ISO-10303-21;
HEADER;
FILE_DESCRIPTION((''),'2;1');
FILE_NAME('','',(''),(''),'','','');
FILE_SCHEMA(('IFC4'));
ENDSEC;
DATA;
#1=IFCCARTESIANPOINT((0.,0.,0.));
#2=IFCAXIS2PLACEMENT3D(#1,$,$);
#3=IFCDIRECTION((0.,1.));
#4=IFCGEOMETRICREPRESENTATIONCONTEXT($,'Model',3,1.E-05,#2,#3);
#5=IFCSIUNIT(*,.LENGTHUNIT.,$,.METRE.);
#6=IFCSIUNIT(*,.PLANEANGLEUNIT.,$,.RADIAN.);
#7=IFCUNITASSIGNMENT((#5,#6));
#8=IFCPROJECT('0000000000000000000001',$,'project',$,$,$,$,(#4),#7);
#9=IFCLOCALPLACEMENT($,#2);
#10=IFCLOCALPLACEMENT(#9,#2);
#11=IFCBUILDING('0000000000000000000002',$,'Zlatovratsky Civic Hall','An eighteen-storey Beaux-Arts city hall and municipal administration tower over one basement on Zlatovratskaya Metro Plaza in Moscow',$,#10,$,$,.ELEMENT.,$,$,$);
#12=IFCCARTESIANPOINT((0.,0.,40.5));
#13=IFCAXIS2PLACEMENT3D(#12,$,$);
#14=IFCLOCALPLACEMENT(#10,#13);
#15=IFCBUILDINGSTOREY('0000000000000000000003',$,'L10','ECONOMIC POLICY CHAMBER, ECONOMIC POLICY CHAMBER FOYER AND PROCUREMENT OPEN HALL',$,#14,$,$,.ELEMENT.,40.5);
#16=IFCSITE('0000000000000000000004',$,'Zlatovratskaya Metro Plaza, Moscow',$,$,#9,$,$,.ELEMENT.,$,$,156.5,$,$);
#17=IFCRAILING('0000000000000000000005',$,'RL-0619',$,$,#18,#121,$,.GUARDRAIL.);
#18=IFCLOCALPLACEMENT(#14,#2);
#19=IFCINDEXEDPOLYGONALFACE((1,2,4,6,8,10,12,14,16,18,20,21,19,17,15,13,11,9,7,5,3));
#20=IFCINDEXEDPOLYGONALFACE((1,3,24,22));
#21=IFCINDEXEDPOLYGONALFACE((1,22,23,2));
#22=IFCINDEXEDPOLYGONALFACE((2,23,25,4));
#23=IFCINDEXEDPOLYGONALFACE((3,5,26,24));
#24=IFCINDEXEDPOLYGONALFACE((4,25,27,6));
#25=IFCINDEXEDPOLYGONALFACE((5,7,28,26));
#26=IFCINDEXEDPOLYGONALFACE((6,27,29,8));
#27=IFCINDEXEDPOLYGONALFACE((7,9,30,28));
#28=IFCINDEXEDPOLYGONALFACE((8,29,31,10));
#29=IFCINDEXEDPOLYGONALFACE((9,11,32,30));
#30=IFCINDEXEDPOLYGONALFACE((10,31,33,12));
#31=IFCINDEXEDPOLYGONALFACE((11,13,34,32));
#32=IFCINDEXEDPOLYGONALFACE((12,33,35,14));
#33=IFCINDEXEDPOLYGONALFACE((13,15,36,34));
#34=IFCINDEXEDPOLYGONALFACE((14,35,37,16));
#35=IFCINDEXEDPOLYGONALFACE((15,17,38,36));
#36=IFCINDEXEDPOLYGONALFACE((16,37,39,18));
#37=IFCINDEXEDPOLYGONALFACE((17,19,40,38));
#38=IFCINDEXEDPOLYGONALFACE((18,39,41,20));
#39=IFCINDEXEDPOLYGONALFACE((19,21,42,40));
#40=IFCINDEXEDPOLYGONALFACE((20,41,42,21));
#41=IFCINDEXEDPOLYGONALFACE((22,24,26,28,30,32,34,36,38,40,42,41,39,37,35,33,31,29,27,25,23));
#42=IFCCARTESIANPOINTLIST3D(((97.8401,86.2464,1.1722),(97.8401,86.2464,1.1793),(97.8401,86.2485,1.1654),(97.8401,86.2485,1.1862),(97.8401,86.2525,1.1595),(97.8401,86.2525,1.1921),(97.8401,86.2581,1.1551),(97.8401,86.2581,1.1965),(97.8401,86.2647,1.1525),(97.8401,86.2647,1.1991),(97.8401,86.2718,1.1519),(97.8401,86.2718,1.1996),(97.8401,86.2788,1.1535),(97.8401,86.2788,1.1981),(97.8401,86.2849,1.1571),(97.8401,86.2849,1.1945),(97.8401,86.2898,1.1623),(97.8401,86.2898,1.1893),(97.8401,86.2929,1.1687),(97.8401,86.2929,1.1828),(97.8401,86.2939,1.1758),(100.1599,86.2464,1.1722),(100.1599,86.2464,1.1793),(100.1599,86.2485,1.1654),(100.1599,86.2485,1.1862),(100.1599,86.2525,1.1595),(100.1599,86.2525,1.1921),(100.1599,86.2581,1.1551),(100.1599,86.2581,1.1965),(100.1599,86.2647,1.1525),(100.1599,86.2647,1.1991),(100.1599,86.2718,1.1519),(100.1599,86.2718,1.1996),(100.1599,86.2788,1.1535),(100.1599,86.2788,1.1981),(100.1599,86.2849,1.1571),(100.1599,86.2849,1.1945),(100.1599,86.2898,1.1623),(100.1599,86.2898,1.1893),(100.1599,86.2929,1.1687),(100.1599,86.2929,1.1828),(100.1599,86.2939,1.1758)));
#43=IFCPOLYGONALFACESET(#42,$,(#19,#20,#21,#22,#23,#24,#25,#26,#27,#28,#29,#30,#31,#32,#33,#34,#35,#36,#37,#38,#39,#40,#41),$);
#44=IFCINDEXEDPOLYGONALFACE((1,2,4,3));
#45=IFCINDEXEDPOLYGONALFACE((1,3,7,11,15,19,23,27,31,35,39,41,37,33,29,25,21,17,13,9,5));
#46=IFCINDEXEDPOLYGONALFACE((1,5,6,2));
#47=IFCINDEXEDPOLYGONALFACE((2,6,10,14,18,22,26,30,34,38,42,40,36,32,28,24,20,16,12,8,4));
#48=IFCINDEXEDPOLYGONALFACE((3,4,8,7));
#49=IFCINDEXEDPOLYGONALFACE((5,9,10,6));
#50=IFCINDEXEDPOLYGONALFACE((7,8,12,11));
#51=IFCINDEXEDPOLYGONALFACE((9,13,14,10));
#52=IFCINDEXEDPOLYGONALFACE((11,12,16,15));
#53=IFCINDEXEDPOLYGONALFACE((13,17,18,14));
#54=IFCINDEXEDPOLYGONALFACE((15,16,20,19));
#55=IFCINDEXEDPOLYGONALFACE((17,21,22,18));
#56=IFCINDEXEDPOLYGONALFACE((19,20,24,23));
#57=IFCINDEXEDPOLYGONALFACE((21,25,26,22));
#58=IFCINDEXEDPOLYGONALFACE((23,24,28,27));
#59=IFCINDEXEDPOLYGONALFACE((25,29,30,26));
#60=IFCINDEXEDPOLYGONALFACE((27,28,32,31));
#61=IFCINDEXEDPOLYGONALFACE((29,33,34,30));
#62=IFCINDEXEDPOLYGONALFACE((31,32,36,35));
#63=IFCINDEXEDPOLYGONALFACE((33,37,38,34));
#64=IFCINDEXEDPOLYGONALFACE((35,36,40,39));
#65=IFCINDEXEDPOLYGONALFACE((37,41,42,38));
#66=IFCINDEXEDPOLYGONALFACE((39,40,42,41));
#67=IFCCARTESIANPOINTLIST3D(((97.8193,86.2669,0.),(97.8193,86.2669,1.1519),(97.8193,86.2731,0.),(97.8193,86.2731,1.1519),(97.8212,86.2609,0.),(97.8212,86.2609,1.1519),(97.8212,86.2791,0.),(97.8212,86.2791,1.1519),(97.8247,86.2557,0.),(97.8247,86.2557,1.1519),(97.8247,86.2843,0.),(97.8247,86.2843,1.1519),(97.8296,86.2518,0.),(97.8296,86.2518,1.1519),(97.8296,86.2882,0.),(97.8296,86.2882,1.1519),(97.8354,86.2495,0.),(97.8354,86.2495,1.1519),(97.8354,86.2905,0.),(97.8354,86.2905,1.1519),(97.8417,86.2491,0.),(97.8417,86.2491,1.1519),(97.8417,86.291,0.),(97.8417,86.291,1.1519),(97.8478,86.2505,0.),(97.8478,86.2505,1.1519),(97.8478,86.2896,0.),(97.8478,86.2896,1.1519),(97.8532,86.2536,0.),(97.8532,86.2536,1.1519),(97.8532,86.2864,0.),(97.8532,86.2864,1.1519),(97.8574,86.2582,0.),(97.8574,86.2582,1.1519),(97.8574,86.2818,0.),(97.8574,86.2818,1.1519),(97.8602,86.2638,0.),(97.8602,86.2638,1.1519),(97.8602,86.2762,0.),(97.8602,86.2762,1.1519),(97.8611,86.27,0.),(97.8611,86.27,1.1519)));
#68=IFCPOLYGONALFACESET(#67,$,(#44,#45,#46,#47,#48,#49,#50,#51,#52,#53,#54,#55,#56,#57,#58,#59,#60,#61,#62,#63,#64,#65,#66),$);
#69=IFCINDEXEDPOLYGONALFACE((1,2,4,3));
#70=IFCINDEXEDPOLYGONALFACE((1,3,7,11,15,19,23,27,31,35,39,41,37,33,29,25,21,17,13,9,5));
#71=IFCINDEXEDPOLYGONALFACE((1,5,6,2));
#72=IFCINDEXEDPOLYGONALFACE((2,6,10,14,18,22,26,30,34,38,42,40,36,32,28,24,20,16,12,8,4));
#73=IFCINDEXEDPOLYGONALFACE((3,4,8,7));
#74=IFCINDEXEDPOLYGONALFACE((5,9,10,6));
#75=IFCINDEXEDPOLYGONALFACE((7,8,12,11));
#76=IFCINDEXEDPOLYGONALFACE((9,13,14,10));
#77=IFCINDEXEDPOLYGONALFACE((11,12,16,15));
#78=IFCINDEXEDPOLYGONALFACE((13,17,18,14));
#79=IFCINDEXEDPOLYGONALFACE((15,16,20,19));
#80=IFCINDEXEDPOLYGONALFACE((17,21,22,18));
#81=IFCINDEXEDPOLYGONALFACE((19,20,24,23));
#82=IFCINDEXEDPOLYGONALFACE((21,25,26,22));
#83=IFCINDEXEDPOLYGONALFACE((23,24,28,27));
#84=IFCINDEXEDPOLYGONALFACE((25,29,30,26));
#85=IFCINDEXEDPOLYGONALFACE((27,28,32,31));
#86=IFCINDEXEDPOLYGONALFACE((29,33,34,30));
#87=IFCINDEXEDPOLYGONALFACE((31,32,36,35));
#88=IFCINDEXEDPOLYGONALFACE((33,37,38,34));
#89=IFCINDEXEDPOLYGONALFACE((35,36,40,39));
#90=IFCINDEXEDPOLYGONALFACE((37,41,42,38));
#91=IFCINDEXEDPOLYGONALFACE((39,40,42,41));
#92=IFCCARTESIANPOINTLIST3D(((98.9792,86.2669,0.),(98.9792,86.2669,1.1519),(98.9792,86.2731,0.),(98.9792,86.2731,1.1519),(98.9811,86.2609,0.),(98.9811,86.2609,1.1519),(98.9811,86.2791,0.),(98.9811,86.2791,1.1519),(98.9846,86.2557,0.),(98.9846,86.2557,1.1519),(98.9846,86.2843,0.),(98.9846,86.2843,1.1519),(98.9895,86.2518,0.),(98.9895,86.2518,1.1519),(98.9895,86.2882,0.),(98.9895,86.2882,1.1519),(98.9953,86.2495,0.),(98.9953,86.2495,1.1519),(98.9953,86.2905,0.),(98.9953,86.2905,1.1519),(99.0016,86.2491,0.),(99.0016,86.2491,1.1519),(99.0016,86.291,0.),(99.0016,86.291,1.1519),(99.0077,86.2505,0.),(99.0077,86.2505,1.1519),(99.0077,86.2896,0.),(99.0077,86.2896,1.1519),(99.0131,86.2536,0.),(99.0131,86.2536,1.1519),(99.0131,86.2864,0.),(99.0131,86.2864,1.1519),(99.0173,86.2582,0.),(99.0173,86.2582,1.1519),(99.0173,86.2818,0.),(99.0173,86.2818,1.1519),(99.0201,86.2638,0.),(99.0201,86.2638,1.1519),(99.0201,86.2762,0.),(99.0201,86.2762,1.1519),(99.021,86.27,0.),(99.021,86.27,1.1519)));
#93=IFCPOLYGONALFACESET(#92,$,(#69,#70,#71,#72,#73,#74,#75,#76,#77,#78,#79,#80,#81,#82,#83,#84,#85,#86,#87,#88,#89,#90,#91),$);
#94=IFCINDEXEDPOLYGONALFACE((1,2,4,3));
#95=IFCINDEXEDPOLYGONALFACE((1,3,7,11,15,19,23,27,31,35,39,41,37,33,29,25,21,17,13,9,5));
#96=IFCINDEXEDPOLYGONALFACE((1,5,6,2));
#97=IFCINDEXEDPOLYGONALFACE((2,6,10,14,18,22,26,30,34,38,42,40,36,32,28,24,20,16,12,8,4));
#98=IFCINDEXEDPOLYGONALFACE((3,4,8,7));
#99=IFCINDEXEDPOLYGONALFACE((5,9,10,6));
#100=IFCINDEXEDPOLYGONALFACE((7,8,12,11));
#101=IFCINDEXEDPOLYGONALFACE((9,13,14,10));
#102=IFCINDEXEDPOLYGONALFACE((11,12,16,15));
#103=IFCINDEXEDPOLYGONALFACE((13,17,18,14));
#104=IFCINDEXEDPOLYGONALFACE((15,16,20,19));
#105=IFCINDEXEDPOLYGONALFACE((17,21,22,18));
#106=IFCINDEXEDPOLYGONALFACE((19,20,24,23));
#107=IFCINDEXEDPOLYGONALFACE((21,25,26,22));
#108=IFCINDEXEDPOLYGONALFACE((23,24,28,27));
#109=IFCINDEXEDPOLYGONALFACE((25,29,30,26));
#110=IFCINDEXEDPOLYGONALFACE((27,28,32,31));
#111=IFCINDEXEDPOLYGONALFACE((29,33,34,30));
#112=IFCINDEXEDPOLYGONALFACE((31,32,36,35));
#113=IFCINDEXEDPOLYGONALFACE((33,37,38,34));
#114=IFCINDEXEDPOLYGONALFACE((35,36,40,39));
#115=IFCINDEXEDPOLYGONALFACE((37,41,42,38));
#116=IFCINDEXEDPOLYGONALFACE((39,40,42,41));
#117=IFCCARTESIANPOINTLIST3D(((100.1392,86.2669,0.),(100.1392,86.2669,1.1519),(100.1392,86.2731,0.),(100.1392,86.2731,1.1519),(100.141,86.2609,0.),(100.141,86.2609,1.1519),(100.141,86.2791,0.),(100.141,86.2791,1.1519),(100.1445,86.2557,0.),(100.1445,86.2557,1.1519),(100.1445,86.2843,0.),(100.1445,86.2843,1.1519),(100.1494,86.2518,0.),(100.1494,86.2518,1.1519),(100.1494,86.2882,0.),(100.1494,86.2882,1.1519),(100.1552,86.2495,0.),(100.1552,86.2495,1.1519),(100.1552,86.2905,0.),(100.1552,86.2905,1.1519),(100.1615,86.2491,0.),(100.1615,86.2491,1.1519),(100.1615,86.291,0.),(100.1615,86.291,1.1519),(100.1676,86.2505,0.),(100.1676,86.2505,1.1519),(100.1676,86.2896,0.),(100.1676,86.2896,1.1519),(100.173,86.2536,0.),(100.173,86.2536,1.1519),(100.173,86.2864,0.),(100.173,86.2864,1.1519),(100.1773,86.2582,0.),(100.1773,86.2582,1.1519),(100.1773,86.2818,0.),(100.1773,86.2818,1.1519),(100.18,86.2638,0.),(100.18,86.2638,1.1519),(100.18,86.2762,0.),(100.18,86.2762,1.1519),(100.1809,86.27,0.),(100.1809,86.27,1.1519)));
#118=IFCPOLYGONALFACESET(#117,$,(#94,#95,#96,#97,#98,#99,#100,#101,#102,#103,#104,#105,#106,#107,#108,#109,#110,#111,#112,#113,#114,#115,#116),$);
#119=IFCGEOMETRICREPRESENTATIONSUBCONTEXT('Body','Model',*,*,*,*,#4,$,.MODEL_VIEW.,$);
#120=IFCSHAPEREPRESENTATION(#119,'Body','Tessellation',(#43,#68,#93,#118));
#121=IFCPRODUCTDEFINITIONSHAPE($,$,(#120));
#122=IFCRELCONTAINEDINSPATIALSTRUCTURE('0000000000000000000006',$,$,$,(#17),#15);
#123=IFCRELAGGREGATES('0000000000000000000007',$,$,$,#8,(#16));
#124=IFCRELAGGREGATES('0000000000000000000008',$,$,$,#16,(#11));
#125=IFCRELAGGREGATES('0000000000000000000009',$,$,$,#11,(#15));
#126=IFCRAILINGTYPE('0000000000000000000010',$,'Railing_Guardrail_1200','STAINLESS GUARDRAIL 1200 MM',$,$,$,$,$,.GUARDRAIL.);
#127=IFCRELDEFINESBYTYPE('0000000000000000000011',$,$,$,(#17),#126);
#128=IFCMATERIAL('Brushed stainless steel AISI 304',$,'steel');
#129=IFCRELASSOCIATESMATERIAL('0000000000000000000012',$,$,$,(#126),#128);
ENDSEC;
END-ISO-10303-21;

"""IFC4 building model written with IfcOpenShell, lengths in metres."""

from ifc_helpers import new_model, si_unit, direction, frame, origin, origin_2d, place, context, subcontext, project, spatial, circle, extrude, material, type_object, element, save


model = new_model("IFC4")

# Units and contexts
model_context = context("Model", 3, precision=1e-05, world=origin(), true_north=direction((0.0, 1.0)))
body_context = subcontext(model_context, "Body", "Model", "MODEL_VIEW")
ifc_project = project(units=[si_unit("LENGTHUNIT", "METRE"), si_unit("PLANEANGLEUNIT", "RADIAN")], contexts=[model_context])

# Site, building, storey
site_placement = place(None, origin())
site = spatial("IfcSite", under=ifc_project, at=site_placement, Name="Zlatovratskaya Metro Plaza, Moscow", CompositionType="ELEMENT", RefElevation=156.5)
building_placement = place(site_placement, origin())
building = spatial("IfcBuilding", under=site, at=building_placement, Name="Zlatovratsky Civic Hall", Description="An eighteen-storey Beaux-Arts city hall and municipal administration tower over one basement on Zlatovratskaya Metro Plaza in Moscow", CompositionType="ELEMENT")
storey_placement = place(building_placement, frame((0.0, 0.0, 40.5)))
storey = spatial("IfcBuildingStorey", under=building, at=storey_placement, Name="L10", Description="ECONOMIC POLICY CHAMBER, ECONOMIC POLICY CHAMBER FOYER AND PROCUREMENT OPEN HALL", CompositionType="ELEMENT", Elevation=40.5)

# Railing
ifc_material_1 = material(Name="Brushed stainless steel AISI 304", Category="steel")
railing_type = type_object("IfcRailingType", Name="Railing_Guardrail_1200", Description="STAINLESS GUARDRAIL 1200 MM", PredefinedType="GUARDRAIL", material=ifc_material_1)
railing_placement = place(storey_placement, frame((97.8401, 86.27, 0.0)))
element("IfcRailing", 1, at=railing_placement, inside=storey, type_object=railing_type, Name="RL-0619", PredefinedType="GUARDRAIL", context=body_context, shape_type="SweptSolid", body=[
    extrude(circle(Radius=0.0239, at=origin_2d()), frame((0.0, 0.0, 1.1758), z_axis=(1.0, 0.0, 0.0), x_axis=(0.0, 1.0, 0.0)), (0.0, 0.0, 1.0), 2.3198),
    extrude(circle(Radius=0.021, at=origin_2d()), origin(), (0.0, 0.0, 1.0), 1.1519),
    extrude(circle(Radius=0.021, at=origin_2d()), frame((1.1599, 0.0, 0.0)), (0.0, 0.0, 1.0), 1.1519),
    extrude(circle(Radius=0.021, at=origin_2d()), frame((2.3198, 0.0, 0.0)), (0.0, 0.0, 1.0), 1.1519),
])

save(model, "model.ifc")
